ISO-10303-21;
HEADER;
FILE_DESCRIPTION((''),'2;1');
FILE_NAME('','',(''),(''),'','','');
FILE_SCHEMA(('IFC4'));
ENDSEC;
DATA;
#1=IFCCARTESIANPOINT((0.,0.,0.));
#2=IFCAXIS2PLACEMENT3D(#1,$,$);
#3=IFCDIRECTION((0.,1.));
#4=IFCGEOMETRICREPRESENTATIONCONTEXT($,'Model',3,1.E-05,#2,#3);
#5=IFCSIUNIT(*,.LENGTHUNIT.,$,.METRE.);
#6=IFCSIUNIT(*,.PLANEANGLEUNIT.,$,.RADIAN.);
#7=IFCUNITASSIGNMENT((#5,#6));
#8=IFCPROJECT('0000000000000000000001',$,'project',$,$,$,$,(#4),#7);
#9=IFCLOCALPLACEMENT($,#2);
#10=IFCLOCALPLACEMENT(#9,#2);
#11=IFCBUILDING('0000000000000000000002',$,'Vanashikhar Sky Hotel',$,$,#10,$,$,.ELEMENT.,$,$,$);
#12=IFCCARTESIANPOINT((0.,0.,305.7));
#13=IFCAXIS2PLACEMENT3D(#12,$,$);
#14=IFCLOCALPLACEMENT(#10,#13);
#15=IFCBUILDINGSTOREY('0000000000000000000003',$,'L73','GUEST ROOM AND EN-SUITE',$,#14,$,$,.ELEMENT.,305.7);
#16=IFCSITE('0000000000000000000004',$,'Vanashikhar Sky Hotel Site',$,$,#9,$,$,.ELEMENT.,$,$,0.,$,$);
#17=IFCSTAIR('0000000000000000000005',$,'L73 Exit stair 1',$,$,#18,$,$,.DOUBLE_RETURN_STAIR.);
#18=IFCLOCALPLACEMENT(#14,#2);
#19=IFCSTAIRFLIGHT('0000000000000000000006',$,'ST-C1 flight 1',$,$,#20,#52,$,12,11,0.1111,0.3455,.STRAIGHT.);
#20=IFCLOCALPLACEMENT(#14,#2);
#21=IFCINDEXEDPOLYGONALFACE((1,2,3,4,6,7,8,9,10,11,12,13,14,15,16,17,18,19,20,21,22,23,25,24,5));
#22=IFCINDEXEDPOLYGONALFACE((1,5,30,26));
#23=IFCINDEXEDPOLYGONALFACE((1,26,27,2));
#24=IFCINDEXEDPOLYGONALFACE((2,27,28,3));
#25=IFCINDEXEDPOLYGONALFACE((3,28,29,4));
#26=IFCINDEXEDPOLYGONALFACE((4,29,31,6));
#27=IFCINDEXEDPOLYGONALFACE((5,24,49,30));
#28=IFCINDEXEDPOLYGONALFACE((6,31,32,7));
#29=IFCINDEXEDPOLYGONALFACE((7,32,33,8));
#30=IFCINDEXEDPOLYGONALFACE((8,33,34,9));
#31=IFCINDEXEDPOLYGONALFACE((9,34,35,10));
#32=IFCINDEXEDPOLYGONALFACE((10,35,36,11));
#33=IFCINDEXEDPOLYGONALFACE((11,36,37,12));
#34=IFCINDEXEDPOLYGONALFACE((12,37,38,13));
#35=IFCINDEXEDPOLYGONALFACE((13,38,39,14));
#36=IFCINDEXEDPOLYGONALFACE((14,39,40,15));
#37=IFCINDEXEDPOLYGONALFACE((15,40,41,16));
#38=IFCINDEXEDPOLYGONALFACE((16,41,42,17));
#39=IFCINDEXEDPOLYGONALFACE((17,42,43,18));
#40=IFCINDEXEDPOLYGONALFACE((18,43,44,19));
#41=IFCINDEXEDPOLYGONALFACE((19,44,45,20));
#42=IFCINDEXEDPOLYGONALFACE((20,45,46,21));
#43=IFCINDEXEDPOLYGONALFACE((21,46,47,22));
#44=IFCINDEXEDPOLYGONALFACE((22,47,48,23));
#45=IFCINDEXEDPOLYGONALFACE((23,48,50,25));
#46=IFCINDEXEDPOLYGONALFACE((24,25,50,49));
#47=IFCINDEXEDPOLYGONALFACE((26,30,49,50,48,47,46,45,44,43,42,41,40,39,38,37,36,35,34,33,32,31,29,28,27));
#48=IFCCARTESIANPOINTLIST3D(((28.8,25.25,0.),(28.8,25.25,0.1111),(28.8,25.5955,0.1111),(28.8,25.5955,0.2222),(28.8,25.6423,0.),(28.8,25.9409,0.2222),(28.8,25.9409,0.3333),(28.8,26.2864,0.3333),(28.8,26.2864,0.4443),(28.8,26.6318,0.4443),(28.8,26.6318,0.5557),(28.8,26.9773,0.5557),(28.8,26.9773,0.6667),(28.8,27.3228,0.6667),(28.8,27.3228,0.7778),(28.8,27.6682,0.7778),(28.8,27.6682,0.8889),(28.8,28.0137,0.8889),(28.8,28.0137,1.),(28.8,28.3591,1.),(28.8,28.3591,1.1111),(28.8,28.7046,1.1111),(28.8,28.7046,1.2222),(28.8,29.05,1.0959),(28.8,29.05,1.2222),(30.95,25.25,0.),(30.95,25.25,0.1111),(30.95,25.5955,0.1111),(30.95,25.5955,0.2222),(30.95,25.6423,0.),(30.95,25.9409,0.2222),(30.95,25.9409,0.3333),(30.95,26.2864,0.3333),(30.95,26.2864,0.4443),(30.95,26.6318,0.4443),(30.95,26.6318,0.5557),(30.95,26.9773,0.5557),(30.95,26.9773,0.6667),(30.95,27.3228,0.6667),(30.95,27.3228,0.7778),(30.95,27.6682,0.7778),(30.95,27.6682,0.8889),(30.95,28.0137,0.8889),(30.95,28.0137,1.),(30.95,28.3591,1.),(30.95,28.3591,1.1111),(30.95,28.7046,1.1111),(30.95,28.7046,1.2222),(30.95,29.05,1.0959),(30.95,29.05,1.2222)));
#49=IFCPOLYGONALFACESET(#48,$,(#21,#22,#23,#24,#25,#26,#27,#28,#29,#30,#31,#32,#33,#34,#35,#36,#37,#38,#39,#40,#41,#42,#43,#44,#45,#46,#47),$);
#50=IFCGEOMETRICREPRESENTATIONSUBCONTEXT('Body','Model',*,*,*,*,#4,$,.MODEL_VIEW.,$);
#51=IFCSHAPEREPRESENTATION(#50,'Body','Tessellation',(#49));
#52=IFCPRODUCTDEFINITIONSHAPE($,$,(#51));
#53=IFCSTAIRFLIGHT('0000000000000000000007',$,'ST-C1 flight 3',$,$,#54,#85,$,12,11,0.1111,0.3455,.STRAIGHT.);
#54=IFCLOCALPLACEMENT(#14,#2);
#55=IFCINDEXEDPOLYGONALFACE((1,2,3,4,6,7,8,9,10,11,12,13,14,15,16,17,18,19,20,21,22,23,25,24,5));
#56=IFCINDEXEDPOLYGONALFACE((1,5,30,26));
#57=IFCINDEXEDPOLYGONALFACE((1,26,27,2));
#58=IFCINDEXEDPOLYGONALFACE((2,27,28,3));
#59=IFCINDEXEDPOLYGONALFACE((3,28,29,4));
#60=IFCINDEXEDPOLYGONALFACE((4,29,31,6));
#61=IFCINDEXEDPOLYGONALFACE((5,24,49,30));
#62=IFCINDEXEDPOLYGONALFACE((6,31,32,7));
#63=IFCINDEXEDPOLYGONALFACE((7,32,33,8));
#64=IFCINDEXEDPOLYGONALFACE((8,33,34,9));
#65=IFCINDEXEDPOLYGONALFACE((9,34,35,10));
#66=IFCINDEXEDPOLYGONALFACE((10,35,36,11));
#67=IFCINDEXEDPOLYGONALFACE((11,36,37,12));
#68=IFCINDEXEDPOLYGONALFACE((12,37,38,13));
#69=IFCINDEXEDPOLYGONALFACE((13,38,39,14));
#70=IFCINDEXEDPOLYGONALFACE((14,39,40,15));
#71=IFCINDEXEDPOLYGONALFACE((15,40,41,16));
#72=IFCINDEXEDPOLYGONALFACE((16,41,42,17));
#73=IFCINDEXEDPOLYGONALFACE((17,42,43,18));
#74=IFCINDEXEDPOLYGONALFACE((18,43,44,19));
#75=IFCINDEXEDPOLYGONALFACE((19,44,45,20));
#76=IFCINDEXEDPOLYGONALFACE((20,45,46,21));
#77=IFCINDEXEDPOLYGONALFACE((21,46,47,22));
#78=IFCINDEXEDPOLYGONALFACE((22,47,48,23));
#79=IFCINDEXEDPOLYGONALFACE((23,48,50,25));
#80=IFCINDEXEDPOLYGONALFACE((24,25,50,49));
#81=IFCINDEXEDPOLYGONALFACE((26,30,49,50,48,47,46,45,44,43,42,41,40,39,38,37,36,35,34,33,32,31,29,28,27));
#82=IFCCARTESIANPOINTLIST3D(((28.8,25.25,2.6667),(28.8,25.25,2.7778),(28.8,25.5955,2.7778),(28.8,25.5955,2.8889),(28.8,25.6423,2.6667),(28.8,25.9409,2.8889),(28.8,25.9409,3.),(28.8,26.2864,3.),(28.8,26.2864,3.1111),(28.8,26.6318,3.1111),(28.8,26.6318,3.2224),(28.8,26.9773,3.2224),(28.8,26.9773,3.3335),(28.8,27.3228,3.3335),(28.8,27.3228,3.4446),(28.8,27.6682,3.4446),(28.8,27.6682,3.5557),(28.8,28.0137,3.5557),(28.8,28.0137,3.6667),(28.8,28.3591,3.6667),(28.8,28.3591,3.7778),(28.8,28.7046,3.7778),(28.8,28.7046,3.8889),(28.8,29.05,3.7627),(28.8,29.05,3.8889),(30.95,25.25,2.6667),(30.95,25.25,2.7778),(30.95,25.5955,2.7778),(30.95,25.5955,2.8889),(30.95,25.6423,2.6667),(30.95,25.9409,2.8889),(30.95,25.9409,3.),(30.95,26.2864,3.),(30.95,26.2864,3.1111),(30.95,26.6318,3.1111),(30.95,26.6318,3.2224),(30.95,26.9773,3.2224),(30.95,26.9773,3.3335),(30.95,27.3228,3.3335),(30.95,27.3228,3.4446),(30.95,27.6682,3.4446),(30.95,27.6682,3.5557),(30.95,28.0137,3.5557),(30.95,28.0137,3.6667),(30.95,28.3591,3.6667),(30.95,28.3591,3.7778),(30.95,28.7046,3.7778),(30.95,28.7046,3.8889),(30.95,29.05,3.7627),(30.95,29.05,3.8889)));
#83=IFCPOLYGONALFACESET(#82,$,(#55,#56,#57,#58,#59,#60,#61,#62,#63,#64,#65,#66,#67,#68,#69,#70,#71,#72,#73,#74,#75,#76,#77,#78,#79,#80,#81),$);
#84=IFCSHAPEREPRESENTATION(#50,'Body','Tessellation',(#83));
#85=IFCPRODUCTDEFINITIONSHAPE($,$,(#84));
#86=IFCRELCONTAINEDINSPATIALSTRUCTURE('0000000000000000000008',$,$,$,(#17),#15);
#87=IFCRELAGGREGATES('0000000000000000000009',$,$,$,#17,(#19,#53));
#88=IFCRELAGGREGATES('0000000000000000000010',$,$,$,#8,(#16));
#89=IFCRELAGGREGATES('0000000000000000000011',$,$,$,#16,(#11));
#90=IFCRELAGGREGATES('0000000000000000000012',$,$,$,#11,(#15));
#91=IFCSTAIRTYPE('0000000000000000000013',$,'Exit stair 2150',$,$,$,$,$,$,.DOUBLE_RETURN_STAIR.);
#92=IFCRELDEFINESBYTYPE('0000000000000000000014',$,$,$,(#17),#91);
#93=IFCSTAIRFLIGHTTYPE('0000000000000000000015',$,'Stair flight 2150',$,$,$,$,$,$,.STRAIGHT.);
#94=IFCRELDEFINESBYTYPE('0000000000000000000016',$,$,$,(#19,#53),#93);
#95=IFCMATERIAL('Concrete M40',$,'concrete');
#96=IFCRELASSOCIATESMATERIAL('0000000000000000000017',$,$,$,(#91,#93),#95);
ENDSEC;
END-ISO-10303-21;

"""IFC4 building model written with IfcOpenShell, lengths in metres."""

from ifc_helpers import new_model, si_unit, direction, frame, origin, place, context, subcontext, project, spatial, polyline, outline, extrude, source, transform, mapped, material, type_object, element, aggregate, save


model = new_model("IFC4")

# Units and contexts
model_context = context("Model", 3, precision=1e-05, world=origin(), true_north=direction((0.0, 1.0)))
body_context = subcontext(model_context, "Body", "Model", "MODEL_VIEW")
ifc_project = project(units=[si_unit("LENGTHUNIT", "METRE"), si_unit("PLANEANGLEUNIT", "RADIAN")], contexts=[model_context])

# Site, building, storey
site_placement = place(None, origin())
site = spatial("IfcSite", under=ifc_project, at=site_placement, Name="Vanashikhar Sky Hotel Site", CompositionType="ELEMENT", RefElevation=0.0)
building_placement = place(site_placement, origin())
building = spatial("IfcBuilding", under=site, at=building_placement, Name="Vanashikhar Sky Hotel", CompositionType="ELEMENT")
storey_placement = place(building_placement, frame((0.0, 0.0, 305.7)))
storey = spatial("IfcBuildingStorey", under=building, at=storey_placement, Name="L73", Description="GUEST ROOM AND EN-SUITE", CompositionType="ELEMENT", Elevation=305.7)

# Shared definitions
ifc_material_1 = material(Name="Concrete M40", Category="concrete")

# Stair, stair flights
stair_type = type_object("IfcStairType", Name="Exit stair 2150", PredefinedType="DOUBLE_RETURN_STAIR", material=ifc_material_1)
stair_placement = place(storey_placement, origin())
stair = element("IfcStair", 1, at=stair_placement, inside=storey, type_object=stair_type, Name="L73 Exit stair 1", PredefinedType="DOUBLE_RETURN_STAIR")
stair_flight_type = type_object("IfcStairFlightType", Name="Stair flight 2150", PredefinedType="STRAIGHT", material=ifc_material_1)
shared_shape_1 = source(origin(), body_context, "Body", "SweptSolid", [
    extrude(outline(polyline([(0.0, 0.0), (0.0, 0.1111), (0.3455, 0.1111), (0.3455, 0.2222), (0.6909, 0.2222), (0.6909, 0.3333), (1.0364, 0.3333), (1.0364, 0.4443), (1.3818, 0.4443), (1.3818, 0.5557), (1.7273, 0.5557), (1.7273, 0.6667), (2.0728, 0.6667), (2.0728, 0.7778), (2.4182, 0.7778), (2.4182, 0.8889), (2.7637, 0.8889), (2.7637, 1.0), (3.1091, 1.0), (3.1091, 1.1111), (3.4546, 1.1111), (3.4546, 1.2222), (3.8, 1.2222), (3.8, 1.3333), (3.8, 1.0959), (0.3923, 0.0), (0.0, 0.0)])), frame((0.0, 1.075, 0.0), z_axis=(0.0, -1.0, 0.0), x_axis=(1.0, 0.0, 0.0)), (0.0, 0.0, 1.0), 2.1499),
])
stair_flight_1_placement = place(storey_placement, frame((29.875, 25.25, 0.0), z_axis=(0.0, 0.0, 1.0), x_axis=(0.0, 1.0, 0.0)))
stair_flight_1 = element("IfcStairFlight", 2, at=stair_flight_1_placement, type_object=stair_flight_type, Name="ST-C1 flight 1", NumberOfRisers=12, NumberOfTreads=11, PredefinedType="STRAIGHT", RiserHeight=0.1111, TreadLength=0.3455, context=body_context, shape_type="MappedRepresentation", body=[
    mapped(shared_shape_1, transform((0.0, 0.0, 0.0), scale=1.0)),
])
stair_flight_2_placement = place(storey_placement, frame((29.875, 25.25, 2.6667), z_axis=(0.0, 0.0, 1.0), x_axis=(0.0, 1.0, 0.0)))
stair_flight_2 = element("IfcStairFlight", 3, at=stair_flight_2_placement, type_object=stair_flight_type, Name="ST-C1 flight 3", NumberOfRisers=12, NumberOfTreads=11, PredefinedType="STRAIGHT", RiserHeight=0.1111, TreadLength=0.3455, context=body_context, shape_type="MappedRepresentation", body=[
    mapped(shared_shape_1, transform((0.0, 0.0, 0.0), scale=1.0)),
])
aggregate(stair, [stair_flight_1, stair_flight_2])

save(model, "model.ifc")
